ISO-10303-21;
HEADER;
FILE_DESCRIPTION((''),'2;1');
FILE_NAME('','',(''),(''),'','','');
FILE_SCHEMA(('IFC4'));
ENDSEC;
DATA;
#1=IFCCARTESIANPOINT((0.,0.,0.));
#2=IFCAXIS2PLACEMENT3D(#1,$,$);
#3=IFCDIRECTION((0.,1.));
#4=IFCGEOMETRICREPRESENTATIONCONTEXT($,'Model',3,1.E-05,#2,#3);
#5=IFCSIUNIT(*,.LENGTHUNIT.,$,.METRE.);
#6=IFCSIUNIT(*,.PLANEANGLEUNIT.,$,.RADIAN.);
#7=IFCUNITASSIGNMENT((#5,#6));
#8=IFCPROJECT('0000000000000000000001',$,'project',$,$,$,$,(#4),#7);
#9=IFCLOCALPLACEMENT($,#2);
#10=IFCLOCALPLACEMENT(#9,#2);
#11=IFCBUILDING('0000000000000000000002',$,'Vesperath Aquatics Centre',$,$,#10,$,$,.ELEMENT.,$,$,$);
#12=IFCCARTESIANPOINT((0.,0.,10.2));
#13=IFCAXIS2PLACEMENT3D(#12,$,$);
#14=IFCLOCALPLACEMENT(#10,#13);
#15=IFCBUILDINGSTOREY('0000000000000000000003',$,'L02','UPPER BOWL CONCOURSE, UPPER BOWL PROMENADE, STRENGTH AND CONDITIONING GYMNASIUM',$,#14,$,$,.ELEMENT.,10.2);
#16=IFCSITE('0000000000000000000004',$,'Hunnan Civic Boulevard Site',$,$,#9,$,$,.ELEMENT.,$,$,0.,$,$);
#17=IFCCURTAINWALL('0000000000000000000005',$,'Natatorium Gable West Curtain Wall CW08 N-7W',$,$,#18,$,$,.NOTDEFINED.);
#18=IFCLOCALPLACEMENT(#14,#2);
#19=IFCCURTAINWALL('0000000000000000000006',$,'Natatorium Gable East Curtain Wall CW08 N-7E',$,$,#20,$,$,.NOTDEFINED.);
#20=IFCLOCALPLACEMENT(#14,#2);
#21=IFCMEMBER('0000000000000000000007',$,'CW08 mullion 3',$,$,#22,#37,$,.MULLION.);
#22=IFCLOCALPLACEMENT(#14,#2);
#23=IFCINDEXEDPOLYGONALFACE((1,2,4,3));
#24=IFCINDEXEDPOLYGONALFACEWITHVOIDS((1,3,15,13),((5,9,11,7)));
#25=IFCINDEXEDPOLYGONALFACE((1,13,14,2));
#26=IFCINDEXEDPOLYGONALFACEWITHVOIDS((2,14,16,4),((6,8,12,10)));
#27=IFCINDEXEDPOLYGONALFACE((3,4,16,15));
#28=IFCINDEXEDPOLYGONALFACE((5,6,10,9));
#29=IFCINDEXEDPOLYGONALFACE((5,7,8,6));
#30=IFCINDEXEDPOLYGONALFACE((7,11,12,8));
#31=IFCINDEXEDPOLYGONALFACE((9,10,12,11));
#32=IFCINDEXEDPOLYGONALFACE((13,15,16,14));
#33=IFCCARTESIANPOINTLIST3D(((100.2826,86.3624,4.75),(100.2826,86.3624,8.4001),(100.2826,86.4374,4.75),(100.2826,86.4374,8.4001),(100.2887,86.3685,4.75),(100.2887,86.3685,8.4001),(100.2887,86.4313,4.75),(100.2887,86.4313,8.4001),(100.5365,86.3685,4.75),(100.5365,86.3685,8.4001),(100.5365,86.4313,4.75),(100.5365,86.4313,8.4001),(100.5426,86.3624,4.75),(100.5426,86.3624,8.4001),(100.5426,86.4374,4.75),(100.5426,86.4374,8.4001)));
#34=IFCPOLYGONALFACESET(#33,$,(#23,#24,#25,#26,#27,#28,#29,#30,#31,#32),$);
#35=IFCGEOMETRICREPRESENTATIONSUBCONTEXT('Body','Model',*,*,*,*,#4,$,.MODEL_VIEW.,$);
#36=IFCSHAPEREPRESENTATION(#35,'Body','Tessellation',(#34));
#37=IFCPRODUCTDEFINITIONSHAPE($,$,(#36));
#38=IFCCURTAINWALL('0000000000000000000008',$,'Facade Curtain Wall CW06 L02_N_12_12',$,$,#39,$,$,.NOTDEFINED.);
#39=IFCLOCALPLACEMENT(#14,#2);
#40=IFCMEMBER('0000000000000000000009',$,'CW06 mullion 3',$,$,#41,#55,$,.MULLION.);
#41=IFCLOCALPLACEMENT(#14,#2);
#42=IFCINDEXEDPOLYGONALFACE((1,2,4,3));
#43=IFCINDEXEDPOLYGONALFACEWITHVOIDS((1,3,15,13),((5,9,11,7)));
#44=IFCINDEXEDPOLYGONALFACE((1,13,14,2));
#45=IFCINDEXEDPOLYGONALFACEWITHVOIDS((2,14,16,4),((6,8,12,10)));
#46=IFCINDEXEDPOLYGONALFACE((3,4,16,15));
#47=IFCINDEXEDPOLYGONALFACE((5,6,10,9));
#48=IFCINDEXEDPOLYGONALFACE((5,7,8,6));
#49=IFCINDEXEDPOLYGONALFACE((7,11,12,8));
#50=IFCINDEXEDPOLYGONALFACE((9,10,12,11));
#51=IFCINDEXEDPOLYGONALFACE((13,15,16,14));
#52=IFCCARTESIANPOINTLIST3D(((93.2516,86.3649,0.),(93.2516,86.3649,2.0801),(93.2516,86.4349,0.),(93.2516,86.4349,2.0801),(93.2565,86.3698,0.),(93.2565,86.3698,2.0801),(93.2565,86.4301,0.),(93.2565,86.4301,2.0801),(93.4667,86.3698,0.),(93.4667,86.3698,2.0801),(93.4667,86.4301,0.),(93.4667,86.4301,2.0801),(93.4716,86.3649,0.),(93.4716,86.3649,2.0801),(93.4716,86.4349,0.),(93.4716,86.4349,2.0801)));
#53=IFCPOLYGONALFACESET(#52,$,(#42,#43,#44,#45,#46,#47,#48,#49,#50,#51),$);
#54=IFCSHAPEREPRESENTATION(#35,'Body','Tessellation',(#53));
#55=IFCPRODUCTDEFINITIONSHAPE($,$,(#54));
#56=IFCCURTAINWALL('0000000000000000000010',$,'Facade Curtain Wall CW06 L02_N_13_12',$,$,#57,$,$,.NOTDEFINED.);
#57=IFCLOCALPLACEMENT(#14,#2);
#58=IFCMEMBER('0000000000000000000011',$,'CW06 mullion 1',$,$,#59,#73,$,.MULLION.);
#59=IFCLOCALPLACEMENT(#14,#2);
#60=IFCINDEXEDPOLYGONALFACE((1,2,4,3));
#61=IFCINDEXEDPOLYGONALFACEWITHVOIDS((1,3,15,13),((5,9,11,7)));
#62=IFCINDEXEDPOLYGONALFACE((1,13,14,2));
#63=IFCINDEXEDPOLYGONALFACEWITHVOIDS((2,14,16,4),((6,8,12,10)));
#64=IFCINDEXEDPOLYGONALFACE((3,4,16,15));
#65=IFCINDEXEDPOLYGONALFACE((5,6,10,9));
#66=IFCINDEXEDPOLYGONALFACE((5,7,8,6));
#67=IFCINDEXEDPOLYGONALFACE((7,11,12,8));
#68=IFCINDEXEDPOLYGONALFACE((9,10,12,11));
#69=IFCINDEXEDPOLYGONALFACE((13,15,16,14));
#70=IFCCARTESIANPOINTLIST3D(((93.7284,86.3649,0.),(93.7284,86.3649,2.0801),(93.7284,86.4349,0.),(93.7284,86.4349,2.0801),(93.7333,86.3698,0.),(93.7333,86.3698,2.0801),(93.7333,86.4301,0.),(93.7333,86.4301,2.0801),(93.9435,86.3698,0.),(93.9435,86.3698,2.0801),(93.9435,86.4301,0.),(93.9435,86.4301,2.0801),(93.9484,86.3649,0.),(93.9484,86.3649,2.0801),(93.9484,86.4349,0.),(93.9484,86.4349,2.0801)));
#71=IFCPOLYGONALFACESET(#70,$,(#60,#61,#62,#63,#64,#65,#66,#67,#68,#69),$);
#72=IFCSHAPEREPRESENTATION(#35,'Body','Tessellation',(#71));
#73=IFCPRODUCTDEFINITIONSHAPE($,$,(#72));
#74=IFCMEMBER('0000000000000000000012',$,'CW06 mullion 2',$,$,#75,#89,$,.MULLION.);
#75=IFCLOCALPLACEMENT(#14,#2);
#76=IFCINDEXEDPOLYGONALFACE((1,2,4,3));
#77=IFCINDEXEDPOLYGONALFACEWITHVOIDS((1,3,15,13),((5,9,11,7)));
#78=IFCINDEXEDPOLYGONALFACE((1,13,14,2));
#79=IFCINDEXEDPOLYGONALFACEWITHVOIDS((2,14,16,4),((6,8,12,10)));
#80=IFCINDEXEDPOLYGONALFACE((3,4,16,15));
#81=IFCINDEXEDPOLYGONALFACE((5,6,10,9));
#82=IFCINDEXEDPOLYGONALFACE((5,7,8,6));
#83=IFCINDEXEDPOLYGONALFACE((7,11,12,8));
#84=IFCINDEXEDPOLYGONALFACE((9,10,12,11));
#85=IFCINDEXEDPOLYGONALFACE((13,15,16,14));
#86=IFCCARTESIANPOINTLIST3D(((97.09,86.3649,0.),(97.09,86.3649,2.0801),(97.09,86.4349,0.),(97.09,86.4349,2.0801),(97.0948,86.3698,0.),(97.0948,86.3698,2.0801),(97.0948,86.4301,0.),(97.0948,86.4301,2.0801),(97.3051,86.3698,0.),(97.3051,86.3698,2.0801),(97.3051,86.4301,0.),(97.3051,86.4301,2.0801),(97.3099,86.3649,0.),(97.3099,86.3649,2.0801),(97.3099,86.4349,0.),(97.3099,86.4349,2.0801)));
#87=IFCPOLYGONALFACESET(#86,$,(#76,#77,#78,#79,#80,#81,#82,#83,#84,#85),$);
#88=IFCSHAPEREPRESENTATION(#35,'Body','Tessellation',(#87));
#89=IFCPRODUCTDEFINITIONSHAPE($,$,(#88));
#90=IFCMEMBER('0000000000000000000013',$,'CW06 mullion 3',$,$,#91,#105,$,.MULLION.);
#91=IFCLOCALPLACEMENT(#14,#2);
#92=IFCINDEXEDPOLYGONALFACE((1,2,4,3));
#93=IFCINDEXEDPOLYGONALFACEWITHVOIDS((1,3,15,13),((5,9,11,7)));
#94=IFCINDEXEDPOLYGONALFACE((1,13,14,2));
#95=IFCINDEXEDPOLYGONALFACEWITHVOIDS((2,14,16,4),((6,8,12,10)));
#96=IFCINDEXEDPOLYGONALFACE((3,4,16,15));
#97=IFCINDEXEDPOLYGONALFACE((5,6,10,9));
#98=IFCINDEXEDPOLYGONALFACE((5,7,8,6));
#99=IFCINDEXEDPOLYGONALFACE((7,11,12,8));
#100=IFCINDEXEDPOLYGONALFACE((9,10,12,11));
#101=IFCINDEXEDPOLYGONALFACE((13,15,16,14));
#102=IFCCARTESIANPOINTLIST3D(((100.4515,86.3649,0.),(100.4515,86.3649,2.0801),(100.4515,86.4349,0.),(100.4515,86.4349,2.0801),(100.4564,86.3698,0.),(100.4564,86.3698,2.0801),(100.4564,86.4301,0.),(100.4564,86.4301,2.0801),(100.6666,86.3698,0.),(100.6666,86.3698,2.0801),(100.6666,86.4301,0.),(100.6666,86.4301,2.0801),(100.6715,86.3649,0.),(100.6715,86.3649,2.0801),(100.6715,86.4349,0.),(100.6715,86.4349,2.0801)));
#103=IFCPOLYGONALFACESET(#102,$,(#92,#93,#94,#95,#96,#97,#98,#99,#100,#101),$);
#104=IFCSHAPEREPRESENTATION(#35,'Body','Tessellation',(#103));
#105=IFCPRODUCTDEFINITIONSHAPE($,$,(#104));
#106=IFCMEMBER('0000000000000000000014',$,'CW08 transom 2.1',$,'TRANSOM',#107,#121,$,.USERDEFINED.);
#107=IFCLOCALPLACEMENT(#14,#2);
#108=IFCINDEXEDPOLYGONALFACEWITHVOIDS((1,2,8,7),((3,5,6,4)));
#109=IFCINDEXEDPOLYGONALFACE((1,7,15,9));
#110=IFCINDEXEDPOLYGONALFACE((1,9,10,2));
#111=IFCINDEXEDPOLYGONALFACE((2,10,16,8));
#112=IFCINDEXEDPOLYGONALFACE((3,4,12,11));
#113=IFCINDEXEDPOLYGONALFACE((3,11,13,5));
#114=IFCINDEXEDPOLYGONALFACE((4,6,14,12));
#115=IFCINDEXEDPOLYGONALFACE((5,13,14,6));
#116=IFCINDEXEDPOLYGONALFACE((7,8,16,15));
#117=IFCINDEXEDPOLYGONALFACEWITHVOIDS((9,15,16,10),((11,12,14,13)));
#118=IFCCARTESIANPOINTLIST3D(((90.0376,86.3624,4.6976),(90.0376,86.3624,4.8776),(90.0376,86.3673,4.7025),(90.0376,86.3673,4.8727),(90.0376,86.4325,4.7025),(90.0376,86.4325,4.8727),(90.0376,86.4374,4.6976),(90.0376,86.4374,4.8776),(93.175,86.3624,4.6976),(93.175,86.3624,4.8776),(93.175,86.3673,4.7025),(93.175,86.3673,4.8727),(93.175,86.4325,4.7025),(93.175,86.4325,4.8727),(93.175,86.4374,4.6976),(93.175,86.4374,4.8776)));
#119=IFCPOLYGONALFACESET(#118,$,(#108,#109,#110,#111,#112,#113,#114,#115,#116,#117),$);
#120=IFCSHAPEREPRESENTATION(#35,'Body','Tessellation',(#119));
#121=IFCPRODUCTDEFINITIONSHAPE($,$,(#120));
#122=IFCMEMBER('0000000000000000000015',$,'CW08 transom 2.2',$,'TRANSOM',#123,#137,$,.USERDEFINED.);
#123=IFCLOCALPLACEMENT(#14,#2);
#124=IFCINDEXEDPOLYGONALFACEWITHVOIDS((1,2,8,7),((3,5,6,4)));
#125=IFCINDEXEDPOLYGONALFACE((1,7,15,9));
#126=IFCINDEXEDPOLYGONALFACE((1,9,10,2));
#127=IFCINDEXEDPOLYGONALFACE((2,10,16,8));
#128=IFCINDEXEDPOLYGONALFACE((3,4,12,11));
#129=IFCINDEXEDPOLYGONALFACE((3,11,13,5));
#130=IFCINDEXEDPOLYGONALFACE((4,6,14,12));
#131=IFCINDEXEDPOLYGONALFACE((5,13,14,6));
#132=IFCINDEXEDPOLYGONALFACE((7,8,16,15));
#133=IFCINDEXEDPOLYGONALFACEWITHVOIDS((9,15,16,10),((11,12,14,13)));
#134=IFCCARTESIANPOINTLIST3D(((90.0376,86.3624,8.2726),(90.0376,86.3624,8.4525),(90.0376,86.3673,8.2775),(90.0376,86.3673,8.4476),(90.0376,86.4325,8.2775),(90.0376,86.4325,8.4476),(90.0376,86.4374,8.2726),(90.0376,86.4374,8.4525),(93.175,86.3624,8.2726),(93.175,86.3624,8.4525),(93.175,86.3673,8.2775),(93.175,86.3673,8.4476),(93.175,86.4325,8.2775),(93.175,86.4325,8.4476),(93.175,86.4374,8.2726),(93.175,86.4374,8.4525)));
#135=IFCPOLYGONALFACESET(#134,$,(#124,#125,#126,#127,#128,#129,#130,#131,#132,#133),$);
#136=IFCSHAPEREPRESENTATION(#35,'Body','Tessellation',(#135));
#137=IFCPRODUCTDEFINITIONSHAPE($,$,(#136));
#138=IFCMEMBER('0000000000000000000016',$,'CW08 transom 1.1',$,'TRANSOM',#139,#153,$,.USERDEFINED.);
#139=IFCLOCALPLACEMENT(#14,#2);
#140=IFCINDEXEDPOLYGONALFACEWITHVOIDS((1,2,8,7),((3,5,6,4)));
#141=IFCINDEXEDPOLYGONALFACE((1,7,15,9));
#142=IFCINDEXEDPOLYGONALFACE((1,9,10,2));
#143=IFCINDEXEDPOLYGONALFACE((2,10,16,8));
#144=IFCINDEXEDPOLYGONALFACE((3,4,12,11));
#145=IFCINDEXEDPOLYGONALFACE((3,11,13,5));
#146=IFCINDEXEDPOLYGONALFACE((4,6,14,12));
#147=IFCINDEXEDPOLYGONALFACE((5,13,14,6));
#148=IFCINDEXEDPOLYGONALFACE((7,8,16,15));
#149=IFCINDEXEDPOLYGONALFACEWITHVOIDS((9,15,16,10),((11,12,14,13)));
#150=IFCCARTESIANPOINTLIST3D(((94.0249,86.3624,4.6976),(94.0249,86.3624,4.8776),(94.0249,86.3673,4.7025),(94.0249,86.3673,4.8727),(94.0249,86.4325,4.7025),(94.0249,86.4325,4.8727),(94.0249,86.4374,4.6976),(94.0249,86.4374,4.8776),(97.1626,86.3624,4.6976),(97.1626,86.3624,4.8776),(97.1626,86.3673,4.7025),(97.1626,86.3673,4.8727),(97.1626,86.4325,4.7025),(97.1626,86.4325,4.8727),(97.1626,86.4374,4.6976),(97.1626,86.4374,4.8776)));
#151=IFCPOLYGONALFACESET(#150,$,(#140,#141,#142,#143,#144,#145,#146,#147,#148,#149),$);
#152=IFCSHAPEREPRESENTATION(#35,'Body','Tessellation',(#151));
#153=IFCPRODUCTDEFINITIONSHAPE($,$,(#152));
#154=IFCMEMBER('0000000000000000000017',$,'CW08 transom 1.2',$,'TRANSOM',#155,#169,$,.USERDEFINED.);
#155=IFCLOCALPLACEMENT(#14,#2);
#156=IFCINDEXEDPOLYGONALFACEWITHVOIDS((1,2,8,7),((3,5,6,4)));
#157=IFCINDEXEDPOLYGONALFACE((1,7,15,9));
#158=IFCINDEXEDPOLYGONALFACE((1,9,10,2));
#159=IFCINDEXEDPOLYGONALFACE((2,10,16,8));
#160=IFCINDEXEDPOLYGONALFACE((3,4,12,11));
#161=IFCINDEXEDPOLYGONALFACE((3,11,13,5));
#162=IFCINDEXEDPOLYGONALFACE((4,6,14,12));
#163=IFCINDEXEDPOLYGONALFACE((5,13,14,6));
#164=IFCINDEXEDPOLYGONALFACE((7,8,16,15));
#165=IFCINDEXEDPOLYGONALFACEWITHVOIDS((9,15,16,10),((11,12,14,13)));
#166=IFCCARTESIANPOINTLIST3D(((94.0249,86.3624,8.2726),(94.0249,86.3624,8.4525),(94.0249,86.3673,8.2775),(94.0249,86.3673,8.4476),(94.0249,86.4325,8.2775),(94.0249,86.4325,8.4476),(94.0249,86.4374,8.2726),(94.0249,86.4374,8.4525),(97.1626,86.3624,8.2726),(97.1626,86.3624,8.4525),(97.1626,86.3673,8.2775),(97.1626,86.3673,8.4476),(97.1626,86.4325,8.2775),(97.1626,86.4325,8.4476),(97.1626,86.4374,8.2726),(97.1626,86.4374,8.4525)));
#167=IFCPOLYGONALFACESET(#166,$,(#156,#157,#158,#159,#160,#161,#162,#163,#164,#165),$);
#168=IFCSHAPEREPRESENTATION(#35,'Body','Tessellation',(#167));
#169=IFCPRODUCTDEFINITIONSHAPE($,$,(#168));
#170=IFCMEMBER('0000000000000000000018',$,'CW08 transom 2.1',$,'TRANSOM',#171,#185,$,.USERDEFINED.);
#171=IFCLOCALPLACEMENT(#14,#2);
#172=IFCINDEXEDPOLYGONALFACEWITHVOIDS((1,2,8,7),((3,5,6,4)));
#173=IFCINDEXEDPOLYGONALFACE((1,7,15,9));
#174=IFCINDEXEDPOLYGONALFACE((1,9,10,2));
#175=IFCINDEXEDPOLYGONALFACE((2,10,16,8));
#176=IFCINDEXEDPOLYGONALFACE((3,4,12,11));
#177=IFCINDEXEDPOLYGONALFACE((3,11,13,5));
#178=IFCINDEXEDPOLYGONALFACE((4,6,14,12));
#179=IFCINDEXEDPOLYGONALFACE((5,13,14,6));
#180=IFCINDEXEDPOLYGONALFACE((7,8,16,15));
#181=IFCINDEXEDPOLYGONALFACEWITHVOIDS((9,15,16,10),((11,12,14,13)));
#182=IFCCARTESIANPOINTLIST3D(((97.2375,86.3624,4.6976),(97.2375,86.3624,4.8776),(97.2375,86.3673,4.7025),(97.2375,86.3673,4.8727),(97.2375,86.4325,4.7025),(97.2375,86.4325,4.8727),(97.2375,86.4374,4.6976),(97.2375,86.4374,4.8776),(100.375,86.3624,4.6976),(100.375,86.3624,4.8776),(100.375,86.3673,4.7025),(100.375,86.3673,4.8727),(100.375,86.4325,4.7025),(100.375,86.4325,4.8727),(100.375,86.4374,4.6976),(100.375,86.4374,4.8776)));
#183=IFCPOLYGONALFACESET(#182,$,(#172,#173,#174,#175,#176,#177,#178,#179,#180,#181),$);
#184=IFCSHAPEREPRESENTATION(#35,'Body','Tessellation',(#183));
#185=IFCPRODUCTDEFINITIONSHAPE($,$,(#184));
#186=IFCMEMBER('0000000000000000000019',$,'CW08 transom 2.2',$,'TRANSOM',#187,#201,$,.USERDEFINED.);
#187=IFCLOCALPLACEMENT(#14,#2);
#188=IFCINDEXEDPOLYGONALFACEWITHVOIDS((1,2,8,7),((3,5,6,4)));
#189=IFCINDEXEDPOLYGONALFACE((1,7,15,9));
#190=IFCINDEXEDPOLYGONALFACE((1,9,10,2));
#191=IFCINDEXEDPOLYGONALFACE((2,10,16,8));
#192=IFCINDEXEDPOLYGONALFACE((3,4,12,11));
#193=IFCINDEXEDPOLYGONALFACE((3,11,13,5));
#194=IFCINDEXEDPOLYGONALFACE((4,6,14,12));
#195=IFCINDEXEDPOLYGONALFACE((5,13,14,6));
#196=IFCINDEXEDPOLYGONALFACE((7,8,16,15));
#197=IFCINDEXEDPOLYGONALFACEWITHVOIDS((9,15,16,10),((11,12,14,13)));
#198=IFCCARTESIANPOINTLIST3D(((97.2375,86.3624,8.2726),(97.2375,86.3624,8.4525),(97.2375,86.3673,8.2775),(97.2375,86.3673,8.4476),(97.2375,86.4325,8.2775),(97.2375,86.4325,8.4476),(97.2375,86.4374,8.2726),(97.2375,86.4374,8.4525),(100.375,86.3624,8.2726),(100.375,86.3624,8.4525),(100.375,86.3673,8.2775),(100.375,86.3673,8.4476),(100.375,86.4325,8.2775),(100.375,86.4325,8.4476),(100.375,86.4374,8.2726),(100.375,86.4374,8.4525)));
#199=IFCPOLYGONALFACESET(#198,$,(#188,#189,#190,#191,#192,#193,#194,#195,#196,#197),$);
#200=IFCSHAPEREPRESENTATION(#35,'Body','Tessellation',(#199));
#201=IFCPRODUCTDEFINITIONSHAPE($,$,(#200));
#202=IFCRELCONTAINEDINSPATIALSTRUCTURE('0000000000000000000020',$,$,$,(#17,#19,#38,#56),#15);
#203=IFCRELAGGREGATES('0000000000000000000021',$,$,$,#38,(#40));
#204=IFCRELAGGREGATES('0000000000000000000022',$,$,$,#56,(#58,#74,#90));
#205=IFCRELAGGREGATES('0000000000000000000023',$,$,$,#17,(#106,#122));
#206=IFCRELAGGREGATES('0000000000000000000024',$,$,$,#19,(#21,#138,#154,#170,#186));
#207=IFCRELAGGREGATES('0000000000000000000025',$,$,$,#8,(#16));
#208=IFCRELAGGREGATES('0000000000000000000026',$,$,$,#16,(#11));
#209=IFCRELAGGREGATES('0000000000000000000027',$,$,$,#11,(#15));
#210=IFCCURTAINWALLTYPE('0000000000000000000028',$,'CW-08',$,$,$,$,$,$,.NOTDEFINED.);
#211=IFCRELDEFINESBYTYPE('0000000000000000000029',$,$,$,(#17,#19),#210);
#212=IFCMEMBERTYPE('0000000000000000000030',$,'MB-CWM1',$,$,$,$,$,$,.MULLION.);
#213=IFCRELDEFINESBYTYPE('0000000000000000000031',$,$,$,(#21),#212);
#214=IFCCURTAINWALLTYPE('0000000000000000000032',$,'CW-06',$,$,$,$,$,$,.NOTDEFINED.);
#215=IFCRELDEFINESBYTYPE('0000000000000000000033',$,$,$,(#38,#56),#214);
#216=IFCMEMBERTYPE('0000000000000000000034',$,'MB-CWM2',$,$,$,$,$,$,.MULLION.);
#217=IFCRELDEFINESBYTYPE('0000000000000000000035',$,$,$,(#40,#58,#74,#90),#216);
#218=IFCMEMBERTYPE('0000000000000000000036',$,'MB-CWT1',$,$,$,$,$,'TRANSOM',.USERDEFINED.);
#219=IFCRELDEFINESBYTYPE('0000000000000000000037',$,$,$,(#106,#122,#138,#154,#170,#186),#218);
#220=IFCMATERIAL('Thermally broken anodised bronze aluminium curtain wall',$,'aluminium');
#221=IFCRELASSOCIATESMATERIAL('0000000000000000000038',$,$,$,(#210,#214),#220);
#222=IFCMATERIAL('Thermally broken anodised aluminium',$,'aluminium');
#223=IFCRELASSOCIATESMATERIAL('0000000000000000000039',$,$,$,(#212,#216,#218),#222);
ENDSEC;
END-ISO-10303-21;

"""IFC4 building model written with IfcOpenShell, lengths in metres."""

from ifc_helpers import new_model, si_unit, direction, frame, origin, origin_2d, place, context, subcontext, project, spatial, hollow_rectangle, extrude, material, material_profile, profile_set, type_object, element, aggregate, save


model = new_model("IFC4")

# Units and contexts
model_context = context("Model", 3, precision=1e-05, world=origin(), true_north=direction((0.0, 1.0)))
body_context = subcontext(model_context, "Body", "Model", "MODEL_VIEW")
ifc_project = project(units=[si_unit("LENGTHUNIT", "METRE"), si_unit("PLANEANGLEUNIT", "RADIAN")], contexts=[model_context])

# Site, building, storey
site_placement = place(None, origin())
site = spatial("IfcSite", under=ifc_project, at=site_placement, Name="Hunnan Civic Boulevard Site", CompositionType="ELEMENT", RefElevation=0.0)
building_placement = place(site_placement, origin())
building = spatial("IfcBuilding", under=site, at=building_placement, Name="Vesperath Aquatics Centre", CompositionType="ELEMENT")
storey_placement = place(building_placement, frame((0.0, 0.0, 10.2)))
storey = spatial("IfcBuildingStorey", under=building, at=storey_placement, Name="L02", Description="UPPER BOWL CONCOURSE, UPPER BOWL PROMENADE, STRENGTH AND CONDITIONING GYMNASIUM", CompositionType="ELEMENT", Elevation=10.2)

# Curtain walls, member
ifc_material_1 = material(Name="Thermally broken anodised bronze aluminium curtain wall", Category="aluminium")
curtain_wall_type_1 = type_object("IfcCurtainWallType", Name="CW-08", PredefinedType="NOTDEFINED", material=ifc_material_1)
curtain_wall_1_placement = place(storey_placement, origin())
curtain_wall_1 = element("IfcCurtainWall", 1, at=curtain_wall_1_placement, inside=storey, type_object=curtain_wall_type_1, Name="Natatorium Gable West Curtain Wall CW08 N-7W", PredefinedType="NOTDEFINED")
ifc_material_2 = material(Name="Thermally broken anodised aluminium", Category="aluminium")
ifc_material_profile_1 = material_profile(ifc_material_2, hollow_rectangle(XDim=0.075, YDim=0.26, WallThickness=0.0061, at=origin_2d()), Name="CWM 75x260x6")
ifc_profile_set_1 = profile_set([ifc_material_profile_1], Name="Thermally broken anodised aluminium")
member_type_1 = type_object("IfcMemberType", Name="MB-CWM1", PredefinedType="MULLION", material=ifc_profile_set_1)
curtain_wall_2_placement = place(storey_placement, origin())
curtain_wall_2 = element("IfcCurtainWall", 2, at=curtain_wall_2_placement, inside=storey, type_object=curtain_wall_type_1, Name="Natatorium Gable East Curtain Wall CW08 N-7E", PredefinedType="NOTDEFINED")
member_1_placement = place(storey_placement, frame((100.4126, 86.3999, 4.75), z_axis=(0.0, 0.0, 1.0), x_axis=(0.0, 1.0, 0.0)))
member_1 = element("IfcMember", 3, at=member_1_placement, type_object=member_type_1, Name="CW08 mullion 3", PredefinedType="MULLION", context=body_context, shape_type="SweptSolid", body=[
    extrude(hollow_rectangle(XDim=0.075, YDim=0.26, WallThickness=0.0061, at=origin_2d()), origin(), (0.0, 0.0, 1.0), 3.6501),
])

# Curtain wall, member
curtain_wall_type_2 = type_object("IfcCurtainWallType", Name="CW-06", PredefinedType="NOTDEFINED", material=ifc_material_1)
curtain_wall_3_placement = place(storey_placement, origin())
curtain_wall_3 = element("IfcCurtainWall", 4, at=curtain_wall_3_placement, inside=storey, type_object=curtain_wall_type_2, Name="Facade Curtain Wall CW06 L02_N_12_12", PredefinedType="NOTDEFINED")
ifc_material_profile_2 = material_profile(ifc_material_2, hollow_rectangle(XDim=0.0701, YDim=0.22, WallThickness=0.0049, at=origin_2d()), Name="CWM 70x220x5")
ifc_profile_set_2 = profile_set([ifc_material_profile_2], Name="Thermally broken anodised aluminium")
member_type_2 = type_object("IfcMemberType", Name="MB-CWM2", PredefinedType="MULLION", material=ifc_profile_set_2)
member_2_placement = place(storey_placement, frame((93.3616, 86.3999, 0.0), z_axis=(0.0, 0.0, 1.0), x_axis=(0.0, 1.0, 0.0)))
member_2 = element("IfcMember", 5, at=member_2_placement, type_object=member_type_2, Name="CW06 mullion 3", PredefinedType="MULLION", context=body_context, shape_type="SweptSolid", body=[
    extrude(hollow_rectangle(XDim=0.0701, YDim=0.22, WallThickness=0.0049, at=origin_2d()), origin(), (0.0, 0.0, 1.0), 2.0801),
])

# Curtain wall, members
curtain_wall_4_placement = place(storey_placement, origin())
curtain_wall_4 = element("IfcCurtainWall", 6, at=curtain_wall_4_placement, inside=storey, type_object=curtain_wall_type_2, Name="Facade Curtain Wall CW06 L02_N_13_12", PredefinedType="NOTDEFINED")
member_3_placement = place(storey_placement, frame((93.8384, 86.3999, 0.0), z_axis=(0.0, 0.0, 1.0), x_axis=(0.0, 1.0, 0.0)))
member_3 = element("IfcMember", 7, at=member_3_placement, type_object=member_type_2, Name="CW06 mullion 1", PredefinedType="MULLION", context=body_context, shape_type="SweptSolid", body=[
    extrude(hollow_rectangle(XDim=0.0701, YDim=0.22, WallThickness=0.0049, at=origin_2d()), origin(), (0.0, 0.0, 1.0), 2.0801),
])
member_4_placement = place(storey_placement, frame((97.2, 86.3999, 0.0), z_axis=(0.0, 0.0, 1.0), x_axis=(0.0, 1.0, 0.0)))
member_4 = element("IfcMember", 8, at=member_4_placement, type_object=member_type_2, Name="CW06 mullion 2", PredefinedType="MULLION", context=body_context, shape_type="SweptSolid", body=[
    extrude(hollow_rectangle(XDim=0.0701, YDim=0.22, WallThickness=0.0049, at=origin_2d()), origin(), (0.0, 0.0, 1.0), 2.0801),
])
member_5_placement = place(storey_placement, frame((100.5615, 86.3999, 0.0), z_axis=(0.0, 0.0, 1.0), x_axis=(0.0, 1.0, 0.0)))
member_5 = element("IfcMember", 9, at=member_5_placement, type_object=member_type_2, Name="CW06 mullion 3", PredefinedType="MULLION", context=body_context, shape_type="SweptSolid", body=[
    extrude(hollow_rectangle(XDim=0.0701, YDim=0.22, WallThickness=0.0049, at=origin_2d()), origin(), (0.0, 0.0, 1.0), 2.0801),
])

# Members
ifc_material_profile_3 = material_profile(ifc_material_2, hollow_rectangle(XDim=0.075, YDim=0.1799, WallThickness=0.0049, at=origin_2d()), Name="CWT 75x180x5")
ifc_profile_set_3 = profile_set([ifc_material_profile_3], Name="Thermally broken anodised aluminium")
member_type_3 = type_object("IfcMemberType", Name="MB-CWT1", ElementType="TRANSOM", PredefinedType="USERDEFINED", material=ifc_profile_set_3)
member_6_placement = place(storey_placement, frame((90.0376, 86.3999, 4.7876), z_axis=(1.0, 0.0, 0.0), x_axis=(0.0, 1.0, 0.0)))
member_6 = element("IfcMember", 10, at=member_6_placement, type_object=member_type_3, Name="CW08 transom 2.1", ObjectType="TRANSOM", PredefinedType="USERDEFINED", context=body_context, shape_type="SweptSolid", body=[
    extrude(hollow_rectangle(XDim=0.075, YDim=0.1799, WallThickness=0.0049, at=origin_2d()), origin(), (0.0, 0.0, 1.0), 3.1375),
])
member_7_placement = place(storey_placement, frame((90.0376, 86.3999, 8.3625), z_axis=(1.0, 0.0, 0.0), x_axis=(0.0, 1.0, 0.0)))
member_7 = element("IfcMember", 11, at=member_7_placement, type_object=member_type_3, Name="CW08 transom 2.2", ObjectType="TRANSOM", PredefinedType="USERDEFINED", context=body_context, shape_type="SweptSolid", body=[
    extrude(hollow_rectangle(XDim=0.075, YDim=0.1799, WallThickness=0.0049, at=origin_2d()), origin(), (0.0, 0.0, 1.0), 3.1375),
])
member_8_placement = place(storey_placement, frame((94.0249, 86.3999, 4.7876), z_axis=(1.0, 0.0, 0.0), x_axis=(0.0, 1.0, 0.0)))
member_8 = element("IfcMember", 12, at=member_8_placement, type_object=member_type_3, Name="CW08 transom 1.1", ObjectType="TRANSOM", PredefinedType="USERDEFINED", context=body_context, shape_type="SweptSolid", body=[
    extrude(hollow_rectangle(XDim=0.075, YDim=0.1799, WallThickness=0.0049, at=origin_2d()), origin(), (0.0, 0.0, 1.0), 3.1377),
])
member_9_placement = place(storey_placement, frame((94.0249, 86.3999, 8.3625), z_axis=(1.0, 0.0, 0.0), x_axis=(0.0, 1.0, 0.0)))
member_9 = element("IfcMember", 13, at=member_9_placement, type_object=member_type_3, Name="CW08 transom 1.2", ObjectType="TRANSOM", PredefinedType="USERDEFINED", context=body_context, shape_type="SweptSolid", body=[
    extrude(hollow_rectangle(XDim=0.075, YDim=0.1799, WallThickness=0.0049, at=origin_2d()), origin(), (0.0, 0.0, 1.0), 3.1377),
])
member_10_placement = place(storey_placement, frame((97.2375, 86.3999, 4.7876), z_axis=(1.0, 0.0, 0.0), x_axis=(0.0, 1.0, 0.0)))
member_10 = element("IfcMember", 14, at=member_10_placement, type_object=member_type_3, Name="CW08 transom 2.1", ObjectType="TRANSOM", PredefinedType="USERDEFINED", context=body_context, shape_type="SweptSolid", body=[
    extrude(hollow_rectangle(XDim=0.075, YDim=0.1799, WallThickness=0.0049, at=origin_2d()), origin(), (0.0, 0.0, 1.0), 3.1375),
])
member_11_placement = place(storey_placement, frame((97.2375, 86.3999, 8.3625), z_axis=(1.0, 0.0, 0.0), x_axis=(0.0, 1.0, 0.0)))
member_11 = element("IfcMember", 15, at=member_11_placement, type_object=member_type_3, Name="CW08 transom 2.2", ObjectType="TRANSOM", PredefinedType="USERDEFINED", context=body_context, shape_type="SweptSolid", body=[
    extrude(hollow_rectangle(XDim=0.075, YDim=0.1799, WallThickness=0.0049, at=origin_2d()), origin(), (0.0, 0.0, 1.0), 3.1375),
])

aggregate(curtain_wall_3, [member_2])
aggregate(curtain_wall_4, [member_3, member_4, member_5])
aggregate(curtain_wall_1, [member_6, member_7])
aggregate(curtain_wall_2, [member_1, member_8, member_9, member_10, member_11])

save(model, "model.ifc")
